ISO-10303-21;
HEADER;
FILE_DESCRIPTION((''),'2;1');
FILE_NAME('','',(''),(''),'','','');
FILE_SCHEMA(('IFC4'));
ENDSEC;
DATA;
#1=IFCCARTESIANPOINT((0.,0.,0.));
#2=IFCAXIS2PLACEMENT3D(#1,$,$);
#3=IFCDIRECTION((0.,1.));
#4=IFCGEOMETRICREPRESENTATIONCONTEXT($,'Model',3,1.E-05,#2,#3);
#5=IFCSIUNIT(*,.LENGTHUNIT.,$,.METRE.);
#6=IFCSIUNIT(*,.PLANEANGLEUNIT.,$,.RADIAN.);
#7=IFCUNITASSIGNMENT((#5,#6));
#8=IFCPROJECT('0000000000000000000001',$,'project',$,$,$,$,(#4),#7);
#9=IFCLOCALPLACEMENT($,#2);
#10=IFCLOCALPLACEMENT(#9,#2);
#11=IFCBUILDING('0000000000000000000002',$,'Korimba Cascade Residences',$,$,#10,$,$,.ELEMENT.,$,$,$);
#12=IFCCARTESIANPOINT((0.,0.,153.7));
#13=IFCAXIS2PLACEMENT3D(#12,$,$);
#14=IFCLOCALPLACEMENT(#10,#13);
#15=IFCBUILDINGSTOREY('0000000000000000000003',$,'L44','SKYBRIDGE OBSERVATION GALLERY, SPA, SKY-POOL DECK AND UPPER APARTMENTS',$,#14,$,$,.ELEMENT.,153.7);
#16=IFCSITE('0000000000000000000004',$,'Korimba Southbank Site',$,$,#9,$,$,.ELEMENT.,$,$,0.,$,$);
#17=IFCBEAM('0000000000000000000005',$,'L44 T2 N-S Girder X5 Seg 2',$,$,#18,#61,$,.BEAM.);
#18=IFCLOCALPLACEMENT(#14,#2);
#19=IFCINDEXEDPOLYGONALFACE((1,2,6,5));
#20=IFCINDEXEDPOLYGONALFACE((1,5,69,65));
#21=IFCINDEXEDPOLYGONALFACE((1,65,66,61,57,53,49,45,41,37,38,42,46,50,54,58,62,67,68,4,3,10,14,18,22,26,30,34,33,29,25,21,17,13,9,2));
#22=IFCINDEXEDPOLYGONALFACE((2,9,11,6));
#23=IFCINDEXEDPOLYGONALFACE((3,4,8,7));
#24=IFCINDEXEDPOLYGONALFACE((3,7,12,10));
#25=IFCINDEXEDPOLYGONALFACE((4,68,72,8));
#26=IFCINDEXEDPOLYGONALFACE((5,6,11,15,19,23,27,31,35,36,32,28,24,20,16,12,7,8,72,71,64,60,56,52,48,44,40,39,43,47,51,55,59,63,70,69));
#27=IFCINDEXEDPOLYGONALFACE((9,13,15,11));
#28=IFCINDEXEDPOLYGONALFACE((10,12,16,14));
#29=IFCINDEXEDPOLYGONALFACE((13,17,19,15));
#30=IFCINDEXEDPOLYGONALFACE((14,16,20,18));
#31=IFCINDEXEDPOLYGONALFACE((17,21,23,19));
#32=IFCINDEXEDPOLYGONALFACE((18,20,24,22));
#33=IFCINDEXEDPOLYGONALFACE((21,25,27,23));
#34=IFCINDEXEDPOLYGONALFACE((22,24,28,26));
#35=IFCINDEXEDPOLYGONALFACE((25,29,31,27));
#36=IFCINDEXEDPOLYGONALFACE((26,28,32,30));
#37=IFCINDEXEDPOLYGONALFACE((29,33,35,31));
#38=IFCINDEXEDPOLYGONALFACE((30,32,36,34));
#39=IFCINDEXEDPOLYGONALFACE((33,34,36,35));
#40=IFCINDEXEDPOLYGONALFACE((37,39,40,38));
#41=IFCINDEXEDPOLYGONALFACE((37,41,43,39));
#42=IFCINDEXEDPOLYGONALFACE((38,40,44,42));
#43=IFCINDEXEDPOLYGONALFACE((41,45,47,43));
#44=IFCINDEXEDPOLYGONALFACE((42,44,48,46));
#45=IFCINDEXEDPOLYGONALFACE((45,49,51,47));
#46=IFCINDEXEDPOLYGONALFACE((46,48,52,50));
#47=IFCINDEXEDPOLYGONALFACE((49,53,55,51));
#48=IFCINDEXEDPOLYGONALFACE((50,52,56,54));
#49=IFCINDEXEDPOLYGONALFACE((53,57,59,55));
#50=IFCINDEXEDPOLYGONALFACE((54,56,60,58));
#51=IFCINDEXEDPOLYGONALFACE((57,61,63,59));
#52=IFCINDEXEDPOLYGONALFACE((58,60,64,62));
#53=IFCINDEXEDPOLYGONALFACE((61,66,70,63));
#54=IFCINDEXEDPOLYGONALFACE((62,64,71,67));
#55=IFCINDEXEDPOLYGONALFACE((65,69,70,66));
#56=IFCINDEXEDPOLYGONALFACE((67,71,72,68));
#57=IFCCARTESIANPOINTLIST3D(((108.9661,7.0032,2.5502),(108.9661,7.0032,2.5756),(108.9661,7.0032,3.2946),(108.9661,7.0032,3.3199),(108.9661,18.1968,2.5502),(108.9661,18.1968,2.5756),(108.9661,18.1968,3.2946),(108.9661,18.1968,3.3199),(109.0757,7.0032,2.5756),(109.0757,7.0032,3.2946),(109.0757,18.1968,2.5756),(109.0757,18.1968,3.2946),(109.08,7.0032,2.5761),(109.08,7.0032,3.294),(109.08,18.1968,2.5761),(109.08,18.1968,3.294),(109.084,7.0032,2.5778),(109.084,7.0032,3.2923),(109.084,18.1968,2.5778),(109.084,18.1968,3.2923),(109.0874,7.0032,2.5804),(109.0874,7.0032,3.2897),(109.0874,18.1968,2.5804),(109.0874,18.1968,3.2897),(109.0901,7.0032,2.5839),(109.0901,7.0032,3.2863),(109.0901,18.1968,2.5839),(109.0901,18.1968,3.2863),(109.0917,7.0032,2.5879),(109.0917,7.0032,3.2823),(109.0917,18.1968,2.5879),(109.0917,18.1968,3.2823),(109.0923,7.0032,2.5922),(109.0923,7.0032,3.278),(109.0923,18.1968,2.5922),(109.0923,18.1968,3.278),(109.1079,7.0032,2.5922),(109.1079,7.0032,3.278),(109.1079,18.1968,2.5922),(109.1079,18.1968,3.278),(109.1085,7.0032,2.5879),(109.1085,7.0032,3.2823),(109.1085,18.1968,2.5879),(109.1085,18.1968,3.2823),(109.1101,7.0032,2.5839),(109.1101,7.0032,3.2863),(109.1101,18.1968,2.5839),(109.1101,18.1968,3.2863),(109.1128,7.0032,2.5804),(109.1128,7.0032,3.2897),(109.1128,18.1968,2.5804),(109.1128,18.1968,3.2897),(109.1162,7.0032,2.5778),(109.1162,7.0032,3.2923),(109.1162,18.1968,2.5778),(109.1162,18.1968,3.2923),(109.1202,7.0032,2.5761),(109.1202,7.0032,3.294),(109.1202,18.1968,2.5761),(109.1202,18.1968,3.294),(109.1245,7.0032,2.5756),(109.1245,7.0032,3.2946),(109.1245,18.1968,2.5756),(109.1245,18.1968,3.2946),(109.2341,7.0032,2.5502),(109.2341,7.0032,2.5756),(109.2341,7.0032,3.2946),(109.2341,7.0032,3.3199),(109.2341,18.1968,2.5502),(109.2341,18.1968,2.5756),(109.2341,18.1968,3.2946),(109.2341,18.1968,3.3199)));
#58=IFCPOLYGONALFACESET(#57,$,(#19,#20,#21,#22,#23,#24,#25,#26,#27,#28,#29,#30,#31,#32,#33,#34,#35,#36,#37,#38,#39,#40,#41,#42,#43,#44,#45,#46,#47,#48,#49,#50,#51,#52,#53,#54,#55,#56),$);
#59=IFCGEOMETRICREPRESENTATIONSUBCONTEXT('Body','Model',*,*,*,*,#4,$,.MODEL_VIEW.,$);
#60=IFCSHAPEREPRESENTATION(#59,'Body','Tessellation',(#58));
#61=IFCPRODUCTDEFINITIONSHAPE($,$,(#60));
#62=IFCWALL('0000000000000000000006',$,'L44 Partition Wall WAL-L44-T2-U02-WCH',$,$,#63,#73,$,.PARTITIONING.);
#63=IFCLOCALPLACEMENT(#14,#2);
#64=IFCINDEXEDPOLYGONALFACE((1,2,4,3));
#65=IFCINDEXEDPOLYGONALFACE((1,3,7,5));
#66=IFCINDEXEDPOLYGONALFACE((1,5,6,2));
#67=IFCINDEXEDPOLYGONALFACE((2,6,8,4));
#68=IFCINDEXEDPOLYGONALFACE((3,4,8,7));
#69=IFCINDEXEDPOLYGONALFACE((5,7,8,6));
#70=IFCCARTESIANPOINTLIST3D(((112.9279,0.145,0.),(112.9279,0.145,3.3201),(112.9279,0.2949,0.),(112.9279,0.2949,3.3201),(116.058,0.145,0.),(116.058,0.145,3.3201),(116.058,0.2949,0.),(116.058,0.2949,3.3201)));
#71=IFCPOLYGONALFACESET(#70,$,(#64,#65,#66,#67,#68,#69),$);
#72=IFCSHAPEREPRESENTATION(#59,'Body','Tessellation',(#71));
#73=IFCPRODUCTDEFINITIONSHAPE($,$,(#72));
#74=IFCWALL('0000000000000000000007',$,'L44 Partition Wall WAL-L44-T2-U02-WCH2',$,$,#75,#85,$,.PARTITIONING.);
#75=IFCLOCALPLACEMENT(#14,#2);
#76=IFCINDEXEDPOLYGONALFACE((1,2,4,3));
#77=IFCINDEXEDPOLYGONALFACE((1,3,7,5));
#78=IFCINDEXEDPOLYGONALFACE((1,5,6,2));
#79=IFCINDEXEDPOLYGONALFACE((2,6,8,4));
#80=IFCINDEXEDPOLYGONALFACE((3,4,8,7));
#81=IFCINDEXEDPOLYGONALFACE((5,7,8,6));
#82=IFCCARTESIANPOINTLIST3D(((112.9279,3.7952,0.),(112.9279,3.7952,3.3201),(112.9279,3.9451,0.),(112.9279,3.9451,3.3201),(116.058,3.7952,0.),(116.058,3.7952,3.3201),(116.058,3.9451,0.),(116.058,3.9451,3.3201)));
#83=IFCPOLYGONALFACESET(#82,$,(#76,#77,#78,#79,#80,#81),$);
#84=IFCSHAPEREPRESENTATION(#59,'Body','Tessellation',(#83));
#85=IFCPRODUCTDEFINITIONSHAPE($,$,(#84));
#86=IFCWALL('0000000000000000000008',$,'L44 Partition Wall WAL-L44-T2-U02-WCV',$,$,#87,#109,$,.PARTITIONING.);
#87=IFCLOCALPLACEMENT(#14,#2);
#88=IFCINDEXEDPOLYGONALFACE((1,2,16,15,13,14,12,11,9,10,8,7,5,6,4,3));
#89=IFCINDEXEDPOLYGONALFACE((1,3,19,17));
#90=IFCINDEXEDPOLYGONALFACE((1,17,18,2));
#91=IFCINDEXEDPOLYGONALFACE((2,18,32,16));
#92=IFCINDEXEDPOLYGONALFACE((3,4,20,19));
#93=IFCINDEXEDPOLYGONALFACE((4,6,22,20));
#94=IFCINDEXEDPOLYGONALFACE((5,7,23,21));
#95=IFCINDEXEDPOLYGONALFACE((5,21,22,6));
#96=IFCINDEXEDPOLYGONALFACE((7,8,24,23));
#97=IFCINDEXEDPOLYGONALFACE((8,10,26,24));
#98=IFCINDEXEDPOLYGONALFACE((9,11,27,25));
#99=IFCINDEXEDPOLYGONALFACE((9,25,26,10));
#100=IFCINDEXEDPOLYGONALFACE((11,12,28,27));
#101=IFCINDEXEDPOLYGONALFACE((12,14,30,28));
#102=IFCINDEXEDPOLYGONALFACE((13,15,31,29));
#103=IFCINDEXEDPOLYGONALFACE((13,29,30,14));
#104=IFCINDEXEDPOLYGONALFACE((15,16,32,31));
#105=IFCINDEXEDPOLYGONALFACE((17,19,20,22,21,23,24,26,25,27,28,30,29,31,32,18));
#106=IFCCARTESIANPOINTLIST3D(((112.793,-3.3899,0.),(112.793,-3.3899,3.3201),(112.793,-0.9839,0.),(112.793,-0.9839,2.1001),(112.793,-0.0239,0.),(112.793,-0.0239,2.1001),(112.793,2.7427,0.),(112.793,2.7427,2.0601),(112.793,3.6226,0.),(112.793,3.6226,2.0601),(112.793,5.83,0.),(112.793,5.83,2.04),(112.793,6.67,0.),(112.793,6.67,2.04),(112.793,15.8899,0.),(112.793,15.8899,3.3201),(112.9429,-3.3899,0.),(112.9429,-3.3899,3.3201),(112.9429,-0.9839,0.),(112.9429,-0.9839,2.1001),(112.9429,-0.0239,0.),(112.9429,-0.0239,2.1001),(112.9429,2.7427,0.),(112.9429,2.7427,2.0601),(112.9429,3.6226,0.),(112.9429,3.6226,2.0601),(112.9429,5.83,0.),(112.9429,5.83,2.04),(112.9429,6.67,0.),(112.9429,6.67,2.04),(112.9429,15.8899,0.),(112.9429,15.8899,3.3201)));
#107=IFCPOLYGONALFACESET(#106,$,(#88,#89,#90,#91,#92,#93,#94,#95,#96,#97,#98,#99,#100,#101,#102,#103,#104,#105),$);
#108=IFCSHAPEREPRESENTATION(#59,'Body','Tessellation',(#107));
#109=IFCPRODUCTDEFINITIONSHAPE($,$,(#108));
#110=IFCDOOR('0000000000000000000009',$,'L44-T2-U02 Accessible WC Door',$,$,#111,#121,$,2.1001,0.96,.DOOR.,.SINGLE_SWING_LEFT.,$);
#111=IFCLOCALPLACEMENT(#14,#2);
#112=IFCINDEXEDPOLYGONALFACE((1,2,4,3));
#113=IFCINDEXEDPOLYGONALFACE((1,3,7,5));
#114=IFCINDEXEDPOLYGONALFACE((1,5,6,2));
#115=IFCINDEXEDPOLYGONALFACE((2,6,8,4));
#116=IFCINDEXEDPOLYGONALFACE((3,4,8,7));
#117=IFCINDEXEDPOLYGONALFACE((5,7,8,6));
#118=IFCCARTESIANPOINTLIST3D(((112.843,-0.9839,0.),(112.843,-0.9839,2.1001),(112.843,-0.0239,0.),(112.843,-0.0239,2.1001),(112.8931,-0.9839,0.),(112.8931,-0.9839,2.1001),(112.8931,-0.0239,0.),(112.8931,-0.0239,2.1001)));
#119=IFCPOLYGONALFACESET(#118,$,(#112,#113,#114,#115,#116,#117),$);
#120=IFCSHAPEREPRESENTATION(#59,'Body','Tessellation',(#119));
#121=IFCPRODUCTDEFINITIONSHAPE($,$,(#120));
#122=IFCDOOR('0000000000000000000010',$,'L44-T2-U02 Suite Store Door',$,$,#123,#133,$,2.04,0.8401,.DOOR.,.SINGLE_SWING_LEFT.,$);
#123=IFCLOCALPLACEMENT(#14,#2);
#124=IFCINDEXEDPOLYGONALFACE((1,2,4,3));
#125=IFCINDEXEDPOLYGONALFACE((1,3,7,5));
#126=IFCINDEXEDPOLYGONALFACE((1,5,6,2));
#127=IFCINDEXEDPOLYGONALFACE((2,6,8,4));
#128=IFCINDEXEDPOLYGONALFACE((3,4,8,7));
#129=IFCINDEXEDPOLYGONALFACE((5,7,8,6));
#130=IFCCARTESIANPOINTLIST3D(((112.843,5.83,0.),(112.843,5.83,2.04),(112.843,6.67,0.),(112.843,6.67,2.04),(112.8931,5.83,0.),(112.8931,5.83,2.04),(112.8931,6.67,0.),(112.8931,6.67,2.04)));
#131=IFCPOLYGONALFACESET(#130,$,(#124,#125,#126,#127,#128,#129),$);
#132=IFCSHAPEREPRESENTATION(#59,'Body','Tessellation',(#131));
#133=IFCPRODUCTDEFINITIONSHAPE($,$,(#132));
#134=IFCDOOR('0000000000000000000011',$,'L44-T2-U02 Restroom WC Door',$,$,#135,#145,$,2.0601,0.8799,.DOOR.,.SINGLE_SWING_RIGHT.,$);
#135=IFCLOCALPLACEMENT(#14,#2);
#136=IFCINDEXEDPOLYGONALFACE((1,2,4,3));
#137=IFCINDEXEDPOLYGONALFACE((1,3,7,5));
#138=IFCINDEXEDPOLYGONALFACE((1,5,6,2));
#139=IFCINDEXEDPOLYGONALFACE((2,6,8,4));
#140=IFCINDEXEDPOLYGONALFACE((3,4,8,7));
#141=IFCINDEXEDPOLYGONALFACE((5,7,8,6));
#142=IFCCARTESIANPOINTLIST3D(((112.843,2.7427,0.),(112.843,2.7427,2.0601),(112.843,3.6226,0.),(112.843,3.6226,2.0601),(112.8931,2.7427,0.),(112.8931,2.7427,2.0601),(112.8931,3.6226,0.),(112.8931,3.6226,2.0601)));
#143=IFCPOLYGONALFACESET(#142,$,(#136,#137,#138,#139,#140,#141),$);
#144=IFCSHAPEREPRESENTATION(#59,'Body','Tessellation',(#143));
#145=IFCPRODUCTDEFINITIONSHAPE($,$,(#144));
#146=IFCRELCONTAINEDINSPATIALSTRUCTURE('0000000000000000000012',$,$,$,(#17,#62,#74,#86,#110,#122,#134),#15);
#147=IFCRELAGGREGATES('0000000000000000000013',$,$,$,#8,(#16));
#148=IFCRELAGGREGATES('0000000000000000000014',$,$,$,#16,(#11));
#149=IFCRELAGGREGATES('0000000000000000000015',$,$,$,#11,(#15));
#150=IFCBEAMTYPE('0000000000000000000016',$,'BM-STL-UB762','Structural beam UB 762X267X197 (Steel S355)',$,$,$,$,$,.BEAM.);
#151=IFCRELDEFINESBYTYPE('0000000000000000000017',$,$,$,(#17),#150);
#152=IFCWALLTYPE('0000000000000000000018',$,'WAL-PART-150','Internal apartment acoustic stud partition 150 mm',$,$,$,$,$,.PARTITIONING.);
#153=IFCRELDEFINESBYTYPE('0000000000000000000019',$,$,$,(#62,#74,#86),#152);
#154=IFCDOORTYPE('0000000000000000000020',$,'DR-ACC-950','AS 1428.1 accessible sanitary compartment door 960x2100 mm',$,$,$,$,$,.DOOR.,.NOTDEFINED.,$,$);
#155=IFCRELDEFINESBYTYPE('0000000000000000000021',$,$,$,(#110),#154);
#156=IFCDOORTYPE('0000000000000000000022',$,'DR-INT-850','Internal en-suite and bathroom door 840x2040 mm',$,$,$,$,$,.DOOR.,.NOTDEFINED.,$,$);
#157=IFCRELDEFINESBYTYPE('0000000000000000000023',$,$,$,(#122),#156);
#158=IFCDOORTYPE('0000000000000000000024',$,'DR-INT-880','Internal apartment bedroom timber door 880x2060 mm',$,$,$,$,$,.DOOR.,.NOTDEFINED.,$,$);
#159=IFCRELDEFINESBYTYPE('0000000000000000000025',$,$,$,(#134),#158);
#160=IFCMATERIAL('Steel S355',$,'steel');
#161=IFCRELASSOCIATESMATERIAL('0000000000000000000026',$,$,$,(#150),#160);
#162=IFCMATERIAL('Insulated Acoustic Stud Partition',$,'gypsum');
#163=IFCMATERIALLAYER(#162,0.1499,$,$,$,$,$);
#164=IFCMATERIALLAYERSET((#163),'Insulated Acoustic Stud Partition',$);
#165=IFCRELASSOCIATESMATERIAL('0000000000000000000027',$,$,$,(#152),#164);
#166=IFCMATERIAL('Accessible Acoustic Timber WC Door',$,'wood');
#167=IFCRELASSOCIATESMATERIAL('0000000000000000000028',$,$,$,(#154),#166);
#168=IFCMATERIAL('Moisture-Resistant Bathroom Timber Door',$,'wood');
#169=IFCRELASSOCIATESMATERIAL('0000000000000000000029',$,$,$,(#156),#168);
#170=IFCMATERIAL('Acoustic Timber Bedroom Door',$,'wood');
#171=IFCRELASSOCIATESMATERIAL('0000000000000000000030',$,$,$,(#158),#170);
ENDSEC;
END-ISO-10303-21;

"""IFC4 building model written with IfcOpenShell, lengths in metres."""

from ifc_helpers import new_model, si_unit, direction, frame, frame_2d, origin, origin_2d, place, context, subcontext, project, spatial, rectangle, i_section, extrude, material, layer, layer_set, material_profile, profile_set, type_object, element, fill, save


model = new_model("IFC4")

# Units and contexts
model_context = context("Model", 3, precision=1e-05, world=origin(), true_north=direction((0.0, 1.0)))
body_context = subcontext(model_context, "Body", "Model", "MODEL_VIEW")
ifc_project = project(units=[si_unit("LENGTHUNIT", "METRE"), si_unit("PLANEANGLEUNIT", "RADIAN")], contexts=[model_context])

# Site, building, storey
site_placement = place(None, origin())
site = spatial("IfcSite", under=ifc_project, at=site_placement, Name="Korimba Southbank Site", CompositionType="ELEMENT", RefElevation=0.0)
building_placement = place(site_placement, origin())
building = spatial("IfcBuilding", under=site, at=building_placement, Name="Korimba Cascade Residences", CompositionType="ELEMENT")
storey_placement = place(building_placement, frame((0.0, 0.0, 153.7)))
storey = spatial("IfcBuildingStorey", under=building, at=storey_placement, Name="L44", Description="SKYBRIDGE OBSERVATION GALLERY, SPA, SKY-POOL DECK AND UPPER APARTMENTS", CompositionType="ELEMENT", Elevation=153.7)

# Beam
ifc_material_1 = material(Name="Steel S355", Category="steel")
ifc_material_profile_1 = material_profile(ifc_material_1, i_section(OverallWidth=0.2681, OverallDepth=0.7698, WebThickness=0.0156, FlangeThickness=0.0254, FilletRadius=0.0166, at=origin_2d()), Name="Steel S355")
ifc_profile_set_1 = profile_set([ifc_material_profile_1], Name="Steel S355")
beam_type_1 = type_object("IfcBeamType", Name="BM-STL-UB762", Description="Structural beam UB 762X267X197 (Steel S355)", PredefinedType="BEAM", material=ifc_profile_set_1)
beam_1_placement = place(storey_placement, frame((109.1001, 7.0032, 2.9351), z_axis=(0.0, 1.0, 0.0), x_axis=(-1.0, 0.0, 0.0)))
element("IfcBeam", 1, at=beam_1_placement, inside=storey, type_object=beam_type_1, Name="L44 T2 N-S Girder X5 Seg 2", PredefinedType="BEAM", context=body_context, shape_type="SweptSolid", body=[
    extrude(i_section(OverallWidth=0.2681, OverallDepth=0.7698, WebThickness=0.0156, FlangeThickness=0.0254, FilletRadius=0.0166, at=origin_2d()), origin(), (0.0, 0.0, 1.0), 11.1936),
])

# Walls
ifc_material_2 = material(Name="Insulated Acoustic Stud Partition", Category="gypsum")
ifc_layer = layer(ifc_material_2, 0.1499)
ifc_layer_set = layer_set([ifc_layer], Name="Insulated Acoustic Stud Partition")
wall_type = type_object("IfcWallType", Name="WAL-PART-150", Description="Internal apartment acoustic stud partition 150 mm", PredefinedType="PARTITIONING", material=ifc_layer_set)
for number, where, z_axis, x_axis, name in (
    (2, (112.928, 0.22, 0.0), (0.0, 0.0, 1.0), (1.0, 0.0, 0.0), "L44 Partition Wall WAL-L44-T2-U02-WCH"),
    (3, (112.928, 3.8701, 0.0), (0.0, 0.0, 1.0), (1.0, 0.0, 0.0), "L44 Partition Wall WAL-L44-T2-U02-WCH2"),
):
    element("IfcWall", number, at=place(storey_placement, frame(where, z_axis=z_axis, x_axis=x_axis)), inside=storey, type_object=wall_type, Name=name, PredefinedType="PARTITIONING", context=body_context, shape_type="SweptSolid", body=[
        extrude(rectangle(XDim=3.1301, YDim=0.1499, at=frame_2d((1.5649, 0.0))), origin(), (0.0, 0.0, 1.0), 3.3201),
    ])

# Wall, openings, doors
wall_1_placement = place(storey_placement, frame((112.8679, -3.3899, 0.0), z_axis=(0.0, 0.0, 1.0), x_axis=(0.0, 1.0, 0.0)))
wall_1 = element("IfcWall", 4, at=wall_1_placement, inside=storey, type_object=wall_type, Name="L44 Partition Wall WAL-L44-T2-U02-WCV", PredefinedType="PARTITIONING", context=body_context, shape_type="SweptSolid", body=[
    extrude(rectangle(XDim=19.2798, YDim=0.1499, at=frame_2d((9.6399, 0.0))), origin(), (0.0, 0.0, 1.0), 3.3201),
])
opening_1_placement = place(wall_1_placement, frame((2.406, 0.0, 0.0)))
opening_1 = element("IfcOpeningElement", 5, at=opening_1_placement, cuts=wall_1, PredefinedType="OPENING", context=body_context, shape_type="SweptSolid", body=[
    extrude(rectangle(XDim=0.96, YDim=2.1001, at=frame_2d((0.48, 1.05))), frame((0.0, 0.085, 0.0), z_axis=(0.0, -1.0, 0.0), x_axis=(1.0, 0.0, 0.0)), (0.0, 0.0, 1.0), 0.1699),
])
opening_2_placement = place(wall_1_placement, frame((6.1326, 0.0, 0.0)))
opening_2 = element("IfcOpeningElement", 6, at=opening_2_placement, cuts=wall_1, PredefinedType="OPENING", context=body_context, shape_type="SweptSolid", body=[
    extrude(rectangle(XDim=0.8799, YDim=2.0601, at=frame_2d((0.4399, 1.03))), frame((0.0, 0.085, 0.0), z_axis=(0.0, -1.0, 0.0), x_axis=(1.0, 0.0, 0.0)), (0.0, 0.0, 1.0), 0.1699),
])
opening_3_placement = place(wall_1_placement, frame((9.22, 0.0, 0.0)))
opening_3 = element("IfcOpeningElement", 7, at=opening_3_placement, cuts=wall_1, PredefinedType="OPENING", context=body_context, shape_type="SweptSolid", body=[
    extrude(rectangle(XDim=0.8401, YDim=2.04, at=frame_2d((0.4199, 1.02))), frame((0.0, 0.085, 0.0), z_axis=(0.0, -1.0, 0.0), x_axis=(1.0, 0.0, 0.0)), (0.0, 0.0, 1.0), 0.1699),
])
ifc_material_3 = material(Name="Accessible Acoustic Timber WC Door", Category="wood")
door_type_1 = type_object("IfcDoorType", Name="DR-ACC-950", Description="AS 1428.1 accessible sanitary compartment door 960x2100 mm", OperationType="NOTDEFINED", PredefinedType="DOOR", material=ifc_material_3)
door_1_placement = place(opening_1_placement, origin())
door_1 = element("IfcDoor", 8, at=door_1_placement, inside=storey, type_object=door_type_1, Name="L44-T2-U02 Accessible WC Door", OperationType="SINGLE_SWING_LEFT", OverallHeight=2.1001, OverallWidth=0.96, PredefinedType="DOOR", context=body_context, shape_type="SweptSolid", body=[
    extrude(rectangle(XDim=0.96, YDim=2.1001, at=frame_2d((0.48, 1.05))), frame((0.0, 0.0249, 0.0), z_axis=(0.0, -1.0, 0.0), x_axis=(1.0, 0.0, 0.0)), (0.0, 0.0, 1.0), 0.05),
])
fill(opening_1, door_1)
ifc_material_4 = material(Name="Moisture-Resistant Bathroom Timber Door", Category="wood")
door_type_2 = type_object("IfcDoorType", Name="DR-INT-850", Description="Internal en-suite and bathroom door 840x2040 mm", OperationType="NOTDEFINED", PredefinedType="DOOR", material=ifc_material_4)
door_2_placement = place(opening_3_placement, origin())
door_2 = element("IfcDoor", 9, at=door_2_placement, inside=storey, type_object=door_type_2, Name="L44-T2-U02 Suite Store Door", OperationType="SINGLE_SWING_LEFT", OverallHeight=2.04, OverallWidth=0.8401, PredefinedType="DOOR", context=body_context, shape_type="SweptSolid", body=[
    extrude(rectangle(XDim=0.8401, YDim=2.04, at=frame_2d((0.4199, 1.02))), frame((0.0, 0.0249, 0.0), z_axis=(0.0, -1.0, 0.0), x_axis=(1.0, 0.0, 0.0)), (0.0, 0.0, 1.0), 0.05),
])
fill(opening_3, door_2)
ifc_material_5 = material(Name="Acoustic Timber Bedroom Door", Category="wood")
door_type_3 = type_object("IfcDoorType", Name="DR-INT-880", Description="Internal apartment bedroom timber door 880x2060 mm", OperationType="NOTDEFINED", PredefinedType="DOOR", material=ifc_material_5)
door_3_placement = place(opening_2_placement, origin())
door_3 = element("IfcDoor", 10, at=door_3_placement, inside=storey, type_object=door_type_3, Name="L44-T2-U02 Restroom WC Door", OperationType="SINGLE_SWING_RIGHT", OverallHeight=2.0601, OverallWidth=0.8799, PredefinedType="DOOR", context=body_context, shape_type="SweptSolid", body=[
    extrude(rectangle(XDim=0.8799, YDim=2.0601, at=frame_2d((0.4399, 1.03))), frame((0.0, 0.0249, 0.0), z_axis=(0.0, -1.0, 0.0), x_axis=(1.0, 0.0, 0.0)), (0.0, 0.0, 1.0), 0.05),
])
fill(opening_2, door_3)

save(model, "model.ifc")
